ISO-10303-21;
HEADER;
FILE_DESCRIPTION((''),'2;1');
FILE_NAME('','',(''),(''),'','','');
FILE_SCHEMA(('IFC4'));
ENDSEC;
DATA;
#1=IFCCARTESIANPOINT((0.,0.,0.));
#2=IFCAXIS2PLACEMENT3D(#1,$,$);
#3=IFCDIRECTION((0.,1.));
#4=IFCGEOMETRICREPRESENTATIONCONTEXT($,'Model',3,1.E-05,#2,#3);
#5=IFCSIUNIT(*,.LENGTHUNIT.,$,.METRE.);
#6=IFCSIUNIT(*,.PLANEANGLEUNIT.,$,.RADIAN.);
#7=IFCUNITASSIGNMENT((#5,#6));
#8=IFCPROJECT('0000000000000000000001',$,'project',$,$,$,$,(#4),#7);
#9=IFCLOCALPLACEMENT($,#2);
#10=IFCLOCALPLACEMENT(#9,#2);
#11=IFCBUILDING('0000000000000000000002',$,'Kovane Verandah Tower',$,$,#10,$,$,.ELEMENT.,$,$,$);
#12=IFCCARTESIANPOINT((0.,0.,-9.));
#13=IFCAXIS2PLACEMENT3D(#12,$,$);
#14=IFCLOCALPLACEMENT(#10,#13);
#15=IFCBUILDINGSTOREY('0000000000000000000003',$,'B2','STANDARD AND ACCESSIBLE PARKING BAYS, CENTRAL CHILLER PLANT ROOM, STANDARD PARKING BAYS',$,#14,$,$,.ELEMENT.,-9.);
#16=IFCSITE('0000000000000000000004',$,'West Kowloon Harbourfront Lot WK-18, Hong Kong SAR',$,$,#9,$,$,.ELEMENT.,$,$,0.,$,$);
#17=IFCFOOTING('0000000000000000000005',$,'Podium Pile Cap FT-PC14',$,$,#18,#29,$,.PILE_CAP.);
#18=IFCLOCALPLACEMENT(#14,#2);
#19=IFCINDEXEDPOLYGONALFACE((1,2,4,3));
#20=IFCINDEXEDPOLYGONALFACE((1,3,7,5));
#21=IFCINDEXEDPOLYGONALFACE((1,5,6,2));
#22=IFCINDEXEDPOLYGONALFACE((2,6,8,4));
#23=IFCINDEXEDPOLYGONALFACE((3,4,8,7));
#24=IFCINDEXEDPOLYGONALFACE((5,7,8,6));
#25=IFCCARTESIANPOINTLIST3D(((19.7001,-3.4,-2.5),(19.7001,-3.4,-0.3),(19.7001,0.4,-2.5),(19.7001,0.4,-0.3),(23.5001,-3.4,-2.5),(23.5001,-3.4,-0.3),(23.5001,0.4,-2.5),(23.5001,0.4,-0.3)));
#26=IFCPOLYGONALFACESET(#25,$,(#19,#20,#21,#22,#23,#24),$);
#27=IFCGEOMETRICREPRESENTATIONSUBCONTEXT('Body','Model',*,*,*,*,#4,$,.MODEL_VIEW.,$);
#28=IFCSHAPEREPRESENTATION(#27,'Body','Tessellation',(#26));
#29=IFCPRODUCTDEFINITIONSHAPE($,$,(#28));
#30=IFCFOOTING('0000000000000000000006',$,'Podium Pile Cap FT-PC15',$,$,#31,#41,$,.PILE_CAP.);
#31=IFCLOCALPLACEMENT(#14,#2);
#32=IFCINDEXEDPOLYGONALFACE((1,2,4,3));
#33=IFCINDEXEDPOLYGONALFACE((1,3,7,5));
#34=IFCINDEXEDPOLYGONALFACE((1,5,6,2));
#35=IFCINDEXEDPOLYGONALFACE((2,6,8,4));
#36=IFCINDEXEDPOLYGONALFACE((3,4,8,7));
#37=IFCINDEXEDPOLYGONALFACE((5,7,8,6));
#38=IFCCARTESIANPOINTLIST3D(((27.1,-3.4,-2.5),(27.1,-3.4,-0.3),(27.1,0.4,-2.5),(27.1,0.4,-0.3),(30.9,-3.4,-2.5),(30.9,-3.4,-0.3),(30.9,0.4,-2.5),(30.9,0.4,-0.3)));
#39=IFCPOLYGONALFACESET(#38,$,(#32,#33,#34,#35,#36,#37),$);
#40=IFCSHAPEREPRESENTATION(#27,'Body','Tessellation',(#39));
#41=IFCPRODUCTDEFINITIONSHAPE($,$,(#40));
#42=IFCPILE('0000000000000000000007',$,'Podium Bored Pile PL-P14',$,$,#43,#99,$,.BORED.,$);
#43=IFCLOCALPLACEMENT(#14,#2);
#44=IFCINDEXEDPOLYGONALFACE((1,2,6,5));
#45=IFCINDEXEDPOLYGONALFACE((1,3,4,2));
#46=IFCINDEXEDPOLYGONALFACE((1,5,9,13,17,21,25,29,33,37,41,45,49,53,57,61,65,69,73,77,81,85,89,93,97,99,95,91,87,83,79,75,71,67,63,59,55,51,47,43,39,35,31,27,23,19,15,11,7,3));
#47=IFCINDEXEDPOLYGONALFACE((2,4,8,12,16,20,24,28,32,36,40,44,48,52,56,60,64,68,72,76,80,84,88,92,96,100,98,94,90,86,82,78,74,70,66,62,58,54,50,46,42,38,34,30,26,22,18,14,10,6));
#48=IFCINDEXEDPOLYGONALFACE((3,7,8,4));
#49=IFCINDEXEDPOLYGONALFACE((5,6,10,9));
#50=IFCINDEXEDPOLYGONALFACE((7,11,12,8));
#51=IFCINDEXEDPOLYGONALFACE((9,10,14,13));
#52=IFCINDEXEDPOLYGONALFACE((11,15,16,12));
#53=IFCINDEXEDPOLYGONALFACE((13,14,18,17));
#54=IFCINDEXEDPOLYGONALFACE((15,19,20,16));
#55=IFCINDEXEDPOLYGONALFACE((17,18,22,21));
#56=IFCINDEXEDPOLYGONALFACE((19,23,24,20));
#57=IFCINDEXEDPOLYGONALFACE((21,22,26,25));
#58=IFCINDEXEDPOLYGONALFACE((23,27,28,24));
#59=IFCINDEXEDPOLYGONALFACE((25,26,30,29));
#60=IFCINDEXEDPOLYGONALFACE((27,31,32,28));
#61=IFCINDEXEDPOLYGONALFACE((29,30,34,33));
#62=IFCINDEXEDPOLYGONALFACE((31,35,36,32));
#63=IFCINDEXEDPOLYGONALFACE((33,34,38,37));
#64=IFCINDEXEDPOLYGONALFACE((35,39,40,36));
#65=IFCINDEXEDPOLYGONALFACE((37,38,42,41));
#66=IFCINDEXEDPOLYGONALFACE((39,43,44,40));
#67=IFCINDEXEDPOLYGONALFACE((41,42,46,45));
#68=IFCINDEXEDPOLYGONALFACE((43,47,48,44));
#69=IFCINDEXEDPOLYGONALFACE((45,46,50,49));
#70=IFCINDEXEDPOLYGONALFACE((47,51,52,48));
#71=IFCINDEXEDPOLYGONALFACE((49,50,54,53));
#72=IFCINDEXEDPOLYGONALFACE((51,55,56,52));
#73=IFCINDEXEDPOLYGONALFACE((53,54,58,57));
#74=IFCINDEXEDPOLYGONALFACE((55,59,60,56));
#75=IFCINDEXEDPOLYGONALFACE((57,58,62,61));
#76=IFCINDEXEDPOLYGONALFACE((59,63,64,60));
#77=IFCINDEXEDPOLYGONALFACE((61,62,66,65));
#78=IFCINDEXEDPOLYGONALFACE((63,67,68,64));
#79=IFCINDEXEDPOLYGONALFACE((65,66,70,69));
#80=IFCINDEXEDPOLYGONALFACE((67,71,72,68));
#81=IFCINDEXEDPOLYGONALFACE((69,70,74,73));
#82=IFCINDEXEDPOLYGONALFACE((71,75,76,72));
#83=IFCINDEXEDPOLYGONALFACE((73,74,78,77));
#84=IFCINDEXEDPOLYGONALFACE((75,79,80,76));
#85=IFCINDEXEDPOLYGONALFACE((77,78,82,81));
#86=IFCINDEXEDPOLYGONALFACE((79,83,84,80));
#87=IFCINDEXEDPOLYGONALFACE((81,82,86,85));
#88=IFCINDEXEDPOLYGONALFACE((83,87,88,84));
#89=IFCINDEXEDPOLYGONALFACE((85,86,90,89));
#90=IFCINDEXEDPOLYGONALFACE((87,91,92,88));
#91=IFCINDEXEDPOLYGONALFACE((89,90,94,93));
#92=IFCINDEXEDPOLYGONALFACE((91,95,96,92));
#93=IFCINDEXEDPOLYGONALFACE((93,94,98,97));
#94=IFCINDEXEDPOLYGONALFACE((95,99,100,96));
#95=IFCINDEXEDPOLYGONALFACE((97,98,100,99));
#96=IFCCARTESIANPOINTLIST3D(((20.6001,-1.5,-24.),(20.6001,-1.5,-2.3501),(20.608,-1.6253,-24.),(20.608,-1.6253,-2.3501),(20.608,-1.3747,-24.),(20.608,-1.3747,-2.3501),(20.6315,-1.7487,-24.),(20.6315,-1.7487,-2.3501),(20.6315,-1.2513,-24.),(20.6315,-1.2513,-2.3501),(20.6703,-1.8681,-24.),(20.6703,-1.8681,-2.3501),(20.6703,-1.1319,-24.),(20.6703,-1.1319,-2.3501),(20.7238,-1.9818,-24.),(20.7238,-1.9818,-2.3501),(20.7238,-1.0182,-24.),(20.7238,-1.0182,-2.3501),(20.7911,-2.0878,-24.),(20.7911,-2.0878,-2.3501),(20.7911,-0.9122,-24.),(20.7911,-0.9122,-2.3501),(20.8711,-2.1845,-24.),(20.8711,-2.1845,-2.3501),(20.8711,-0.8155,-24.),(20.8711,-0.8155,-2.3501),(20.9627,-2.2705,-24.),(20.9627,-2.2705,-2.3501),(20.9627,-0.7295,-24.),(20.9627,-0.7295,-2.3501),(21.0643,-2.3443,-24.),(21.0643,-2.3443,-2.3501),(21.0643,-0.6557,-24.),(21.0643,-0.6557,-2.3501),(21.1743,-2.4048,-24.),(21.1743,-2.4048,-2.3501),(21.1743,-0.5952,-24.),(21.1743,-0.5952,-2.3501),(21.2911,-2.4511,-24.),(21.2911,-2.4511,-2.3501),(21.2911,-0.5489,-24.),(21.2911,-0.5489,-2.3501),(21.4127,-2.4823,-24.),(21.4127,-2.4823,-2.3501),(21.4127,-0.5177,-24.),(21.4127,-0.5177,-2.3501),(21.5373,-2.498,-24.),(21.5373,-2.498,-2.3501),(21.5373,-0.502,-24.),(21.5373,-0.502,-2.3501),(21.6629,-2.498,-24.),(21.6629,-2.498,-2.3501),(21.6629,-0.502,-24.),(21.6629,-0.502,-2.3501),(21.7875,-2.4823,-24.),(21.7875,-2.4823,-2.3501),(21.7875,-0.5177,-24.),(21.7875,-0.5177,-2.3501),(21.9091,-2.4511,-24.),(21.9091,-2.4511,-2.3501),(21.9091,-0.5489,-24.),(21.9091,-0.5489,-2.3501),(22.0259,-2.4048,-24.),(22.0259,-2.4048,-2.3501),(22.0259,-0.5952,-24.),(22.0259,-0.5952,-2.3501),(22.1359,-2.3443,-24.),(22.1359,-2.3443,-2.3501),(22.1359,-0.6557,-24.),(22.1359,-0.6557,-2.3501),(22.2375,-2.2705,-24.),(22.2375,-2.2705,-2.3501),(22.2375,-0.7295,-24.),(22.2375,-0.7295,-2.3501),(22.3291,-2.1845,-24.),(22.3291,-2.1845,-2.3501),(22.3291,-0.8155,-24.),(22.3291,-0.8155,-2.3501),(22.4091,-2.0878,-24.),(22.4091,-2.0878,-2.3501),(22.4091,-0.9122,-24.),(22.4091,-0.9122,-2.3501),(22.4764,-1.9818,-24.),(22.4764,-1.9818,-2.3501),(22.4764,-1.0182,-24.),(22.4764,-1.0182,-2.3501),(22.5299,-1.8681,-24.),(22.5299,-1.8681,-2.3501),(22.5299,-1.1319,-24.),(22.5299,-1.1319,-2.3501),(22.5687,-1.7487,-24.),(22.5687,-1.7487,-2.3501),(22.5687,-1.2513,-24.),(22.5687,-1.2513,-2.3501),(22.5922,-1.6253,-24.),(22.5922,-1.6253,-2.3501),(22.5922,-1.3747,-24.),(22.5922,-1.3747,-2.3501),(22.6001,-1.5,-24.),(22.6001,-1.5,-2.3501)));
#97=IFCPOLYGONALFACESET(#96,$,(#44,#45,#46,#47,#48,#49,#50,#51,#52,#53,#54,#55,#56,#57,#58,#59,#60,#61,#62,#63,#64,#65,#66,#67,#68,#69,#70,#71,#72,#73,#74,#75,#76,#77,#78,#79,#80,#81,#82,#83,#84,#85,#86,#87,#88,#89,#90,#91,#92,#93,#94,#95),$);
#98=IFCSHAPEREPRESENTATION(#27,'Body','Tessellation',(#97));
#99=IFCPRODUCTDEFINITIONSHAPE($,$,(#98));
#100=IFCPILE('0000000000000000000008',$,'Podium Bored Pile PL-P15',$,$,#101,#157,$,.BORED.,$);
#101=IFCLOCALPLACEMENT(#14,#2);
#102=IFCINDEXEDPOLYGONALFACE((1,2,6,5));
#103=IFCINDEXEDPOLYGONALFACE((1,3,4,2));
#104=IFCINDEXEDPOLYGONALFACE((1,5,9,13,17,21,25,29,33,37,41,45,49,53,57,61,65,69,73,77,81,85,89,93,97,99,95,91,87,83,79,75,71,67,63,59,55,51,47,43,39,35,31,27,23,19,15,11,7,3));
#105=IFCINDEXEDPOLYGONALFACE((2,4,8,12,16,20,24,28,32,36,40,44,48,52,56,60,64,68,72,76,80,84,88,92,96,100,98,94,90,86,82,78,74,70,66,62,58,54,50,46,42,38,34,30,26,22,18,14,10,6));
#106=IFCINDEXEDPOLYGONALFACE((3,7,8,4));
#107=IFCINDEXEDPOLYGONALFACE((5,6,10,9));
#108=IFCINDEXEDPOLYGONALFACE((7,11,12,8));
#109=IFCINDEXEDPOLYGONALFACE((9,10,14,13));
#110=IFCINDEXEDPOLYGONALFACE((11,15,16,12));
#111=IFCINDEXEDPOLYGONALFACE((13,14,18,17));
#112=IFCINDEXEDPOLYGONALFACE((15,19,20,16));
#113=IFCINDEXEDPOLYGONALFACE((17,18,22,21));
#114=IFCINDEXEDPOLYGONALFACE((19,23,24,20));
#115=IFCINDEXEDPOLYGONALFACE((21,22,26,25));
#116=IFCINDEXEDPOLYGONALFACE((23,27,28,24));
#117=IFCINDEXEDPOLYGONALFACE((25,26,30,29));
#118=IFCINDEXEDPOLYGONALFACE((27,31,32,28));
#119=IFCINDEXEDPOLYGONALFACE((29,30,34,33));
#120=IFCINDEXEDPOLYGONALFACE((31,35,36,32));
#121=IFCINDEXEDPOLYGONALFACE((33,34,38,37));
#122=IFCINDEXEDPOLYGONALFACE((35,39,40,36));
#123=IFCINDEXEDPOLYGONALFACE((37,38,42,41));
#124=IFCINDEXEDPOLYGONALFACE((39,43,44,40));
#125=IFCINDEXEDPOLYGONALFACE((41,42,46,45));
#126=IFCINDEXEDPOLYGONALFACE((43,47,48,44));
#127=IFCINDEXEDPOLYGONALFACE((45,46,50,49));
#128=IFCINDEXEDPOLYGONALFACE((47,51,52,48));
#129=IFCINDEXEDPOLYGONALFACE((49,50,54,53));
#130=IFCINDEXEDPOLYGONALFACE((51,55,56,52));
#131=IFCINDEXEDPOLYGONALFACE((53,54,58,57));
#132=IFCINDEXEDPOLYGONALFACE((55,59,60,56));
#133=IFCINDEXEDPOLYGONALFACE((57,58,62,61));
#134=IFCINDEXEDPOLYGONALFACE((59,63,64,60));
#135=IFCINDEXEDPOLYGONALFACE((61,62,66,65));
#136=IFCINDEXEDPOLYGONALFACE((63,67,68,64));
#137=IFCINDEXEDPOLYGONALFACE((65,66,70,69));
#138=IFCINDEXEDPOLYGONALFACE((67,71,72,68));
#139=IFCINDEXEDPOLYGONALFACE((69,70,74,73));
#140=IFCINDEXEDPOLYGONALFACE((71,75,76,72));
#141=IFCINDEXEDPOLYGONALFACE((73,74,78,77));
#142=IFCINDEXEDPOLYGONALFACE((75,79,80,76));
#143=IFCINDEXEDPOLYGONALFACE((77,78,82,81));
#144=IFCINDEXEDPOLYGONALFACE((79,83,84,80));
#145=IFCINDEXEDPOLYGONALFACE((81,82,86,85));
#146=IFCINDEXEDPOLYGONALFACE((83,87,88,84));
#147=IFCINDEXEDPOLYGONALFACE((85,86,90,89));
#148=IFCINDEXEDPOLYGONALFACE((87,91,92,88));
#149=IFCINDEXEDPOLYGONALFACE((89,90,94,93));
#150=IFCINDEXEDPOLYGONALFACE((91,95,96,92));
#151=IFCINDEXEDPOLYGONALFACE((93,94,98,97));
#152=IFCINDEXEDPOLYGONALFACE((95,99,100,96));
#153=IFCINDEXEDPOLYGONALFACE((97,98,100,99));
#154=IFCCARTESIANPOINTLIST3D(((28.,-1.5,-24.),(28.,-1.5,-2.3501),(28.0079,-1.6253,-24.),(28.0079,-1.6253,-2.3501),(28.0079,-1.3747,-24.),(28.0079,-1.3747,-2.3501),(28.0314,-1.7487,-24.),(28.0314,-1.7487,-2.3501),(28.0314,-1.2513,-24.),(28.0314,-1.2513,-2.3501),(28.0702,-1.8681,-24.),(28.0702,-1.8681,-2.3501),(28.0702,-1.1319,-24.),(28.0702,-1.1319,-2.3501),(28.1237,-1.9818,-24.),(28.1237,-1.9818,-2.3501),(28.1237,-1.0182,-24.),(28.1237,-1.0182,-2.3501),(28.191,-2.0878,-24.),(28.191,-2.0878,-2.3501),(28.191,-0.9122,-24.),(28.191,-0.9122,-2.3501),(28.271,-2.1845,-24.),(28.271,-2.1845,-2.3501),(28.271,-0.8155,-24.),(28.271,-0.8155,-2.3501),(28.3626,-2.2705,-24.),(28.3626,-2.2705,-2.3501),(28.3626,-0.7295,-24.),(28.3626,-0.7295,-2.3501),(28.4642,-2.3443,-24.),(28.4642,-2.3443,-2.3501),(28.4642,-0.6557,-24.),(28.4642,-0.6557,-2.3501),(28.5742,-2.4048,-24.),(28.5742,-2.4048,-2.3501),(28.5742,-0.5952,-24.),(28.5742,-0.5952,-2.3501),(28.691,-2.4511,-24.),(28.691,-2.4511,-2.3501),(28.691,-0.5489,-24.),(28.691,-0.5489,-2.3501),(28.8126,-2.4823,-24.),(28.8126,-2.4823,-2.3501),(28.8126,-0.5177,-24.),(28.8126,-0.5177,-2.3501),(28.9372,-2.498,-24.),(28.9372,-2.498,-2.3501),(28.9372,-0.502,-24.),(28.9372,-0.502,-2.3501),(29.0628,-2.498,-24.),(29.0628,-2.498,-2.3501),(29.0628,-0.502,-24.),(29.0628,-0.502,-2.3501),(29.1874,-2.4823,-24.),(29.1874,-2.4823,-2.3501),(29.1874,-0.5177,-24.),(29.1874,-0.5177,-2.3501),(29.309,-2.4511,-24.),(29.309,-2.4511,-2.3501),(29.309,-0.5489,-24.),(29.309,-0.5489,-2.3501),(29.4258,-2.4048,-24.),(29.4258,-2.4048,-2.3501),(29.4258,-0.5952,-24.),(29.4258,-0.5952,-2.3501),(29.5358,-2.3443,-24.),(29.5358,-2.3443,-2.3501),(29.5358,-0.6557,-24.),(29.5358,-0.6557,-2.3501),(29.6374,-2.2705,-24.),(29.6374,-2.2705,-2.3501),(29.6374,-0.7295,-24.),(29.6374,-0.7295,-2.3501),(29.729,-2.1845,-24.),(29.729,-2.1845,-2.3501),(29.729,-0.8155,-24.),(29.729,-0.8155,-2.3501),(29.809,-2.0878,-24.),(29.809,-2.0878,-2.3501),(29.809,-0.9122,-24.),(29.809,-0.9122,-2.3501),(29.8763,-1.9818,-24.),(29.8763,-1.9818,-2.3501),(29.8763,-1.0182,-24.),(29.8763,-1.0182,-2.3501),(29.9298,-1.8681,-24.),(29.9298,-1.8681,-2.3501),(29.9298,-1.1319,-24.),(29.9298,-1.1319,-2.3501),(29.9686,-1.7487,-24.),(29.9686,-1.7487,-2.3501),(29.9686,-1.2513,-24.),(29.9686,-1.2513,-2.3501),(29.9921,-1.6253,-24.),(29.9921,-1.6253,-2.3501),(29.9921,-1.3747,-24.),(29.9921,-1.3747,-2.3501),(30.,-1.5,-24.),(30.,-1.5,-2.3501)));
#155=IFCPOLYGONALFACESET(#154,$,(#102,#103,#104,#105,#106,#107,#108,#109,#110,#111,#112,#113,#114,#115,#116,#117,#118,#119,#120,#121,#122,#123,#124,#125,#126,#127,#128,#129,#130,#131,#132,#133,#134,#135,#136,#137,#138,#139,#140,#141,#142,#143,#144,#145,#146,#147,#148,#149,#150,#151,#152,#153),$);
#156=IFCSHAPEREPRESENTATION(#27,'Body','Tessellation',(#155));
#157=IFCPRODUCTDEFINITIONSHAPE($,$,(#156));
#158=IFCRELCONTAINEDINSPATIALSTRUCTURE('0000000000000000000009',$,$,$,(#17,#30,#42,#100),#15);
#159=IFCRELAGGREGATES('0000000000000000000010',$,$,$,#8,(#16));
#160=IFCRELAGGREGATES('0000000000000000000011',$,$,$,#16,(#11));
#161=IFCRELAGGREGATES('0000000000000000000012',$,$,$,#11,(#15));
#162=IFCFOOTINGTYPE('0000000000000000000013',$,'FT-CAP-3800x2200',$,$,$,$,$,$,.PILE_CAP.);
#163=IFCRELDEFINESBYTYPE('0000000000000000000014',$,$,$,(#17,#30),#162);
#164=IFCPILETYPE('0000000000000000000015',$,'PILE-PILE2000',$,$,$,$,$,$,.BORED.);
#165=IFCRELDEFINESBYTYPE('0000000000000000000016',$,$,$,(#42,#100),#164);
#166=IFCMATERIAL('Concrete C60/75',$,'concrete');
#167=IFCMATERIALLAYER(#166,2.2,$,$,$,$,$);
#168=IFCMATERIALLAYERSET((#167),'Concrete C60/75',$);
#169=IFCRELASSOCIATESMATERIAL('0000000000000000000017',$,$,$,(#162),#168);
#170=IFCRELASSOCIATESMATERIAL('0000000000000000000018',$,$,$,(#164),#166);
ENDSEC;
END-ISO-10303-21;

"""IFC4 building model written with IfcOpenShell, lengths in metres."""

from ifc_helpers import new_model, si_unit, direction, frame, origin, origin_2d, place, context, subcontext, project, spatial, rectangle, circle, extrude, material, layer, layer_set, material_profile, profile_set, type_object, element, save


model = new_model("IFC4")

# Units and contexts
model_context = context("Model", 3, precision=1e-05, world=origin(), true_north=direction((0.0, 1.0)))
body_context = subcontext(model_context, "Body", "Model", "MODEL_VIEW")
ifc_project = project(units=[si_unit("LENGTHUNIT", "METRE"), si_unit("PLANEANGLEUNIT", "RADIAN")], contexts=[model_context])

# Site, building, storey
site_placement = place(None, origin())
site = spatial("IfcSite", under=ifc_project, at=site_placement, Name="West Kowloon Harbourfront Lot WK-18, Hong Kong SAR", CompositionType="ELEMENT", RefElevation=0.0)
building_placement = place(site_placement, origin())
building = spatial("IfcBuilding", under=site, at=building_placement, Name="Kovane Verandah Tower", CompositionType="ELEMENT")
storey_placement = place(building_placement, frame((0.0, 0.0, -9.0)))
storey = spatial("IfcBuildingStorey", under=building, at=storey_placement, Name="B2", Description="STANDARD AND ACCESSIBLE PARKING BAYS, CENTRAL CHILLER PLANT ROOM, STANDARD PARKING BAYS", CompositionType="ELEMENT", Elevation=-9.0)

# Footings
ifc_material_1 = material(Name="Concrete C60/75", Category="concrete")
ifc_layer_1 = layer(ifc_material_1, 2.2)
ifc_layer_set_1 = layer_set([ifc_layer_1], Name="Concrete C60/75")
footing_type = type_object("IfcFootingType", Name="FT-CAP-3800x2200", PredefinedType="PILE_CAP", material=ifc_layer_set_1)
for number, where, z_axis, x_axis, name in (
    (1, (21.6001, -1.5, -2.5), (0.0, 0.0, 1.0), (1.0, 0.0, 0.0), "Podium Pile Cap FT-PC14"),
    (2, (29.0, -1.5, -2.5), (0.0, 0.0, 1.0), (1.0, 0.0, 0.0), "Podium Pile Cap FT-PC15"),
):
    element("IfcFooting", number, at=place(storey_placement, frame(where, z_axis=z_axis, x_axis=x_axis)), inside=storey, type_object=footing_type, Name=name, PredefinedType="PILE_CAP", context=body_context, shape_type="SweptSolid", body=[
        extrude(rectangle(XDim=3.8, YDim=3.8, at=origin_2d()), origin(), (0.0, 0.0, 1.0), 2.2),
    ])

# Piles
ifc_material_profile_1 = material_profile(ifc_material_1, circle(Radius=1.0, at=origin_2d()), Name="PILE2000")
ifc_profile_set_1 = profile_set([ifc_material_profile_1], Name="Concrete C60/75")
pile_type_1 = type_object("IfcPileType", Name="PILE-PILE2000", PredefinedType="BORED", material=ifc_profile_set_1)
for number, where, z_axis, x_axis, name in (
    (3, (21.6001, -1.5, -2.3501), (0.0, 0.0, -1.0), (1.0, 0.0, 0.0), "Podium Bored Pile PL-P14"),
    (4, (29.0, -1.5, -2.3501), (0.0, 0.0, -1.0), (1.0, 0.0, 0.0), "Podium Bored Pile PL-P15"),
):
    element("IfcPile", number, at=place(storey_placement, frame(where, z_axis=z_axis, x_axis=x_axis)), inside=storey, type_object=pile_type_1, Name=name, PredefinedType="BORED", context=body_context, shape_type="SweptSolid", body=[
        extrude(circle(Radius=1.0, at=origin_2d()), origin(), (0.0, 0.0, 1.0), 21.6499),
    ])

save(model, "model.ifc")
